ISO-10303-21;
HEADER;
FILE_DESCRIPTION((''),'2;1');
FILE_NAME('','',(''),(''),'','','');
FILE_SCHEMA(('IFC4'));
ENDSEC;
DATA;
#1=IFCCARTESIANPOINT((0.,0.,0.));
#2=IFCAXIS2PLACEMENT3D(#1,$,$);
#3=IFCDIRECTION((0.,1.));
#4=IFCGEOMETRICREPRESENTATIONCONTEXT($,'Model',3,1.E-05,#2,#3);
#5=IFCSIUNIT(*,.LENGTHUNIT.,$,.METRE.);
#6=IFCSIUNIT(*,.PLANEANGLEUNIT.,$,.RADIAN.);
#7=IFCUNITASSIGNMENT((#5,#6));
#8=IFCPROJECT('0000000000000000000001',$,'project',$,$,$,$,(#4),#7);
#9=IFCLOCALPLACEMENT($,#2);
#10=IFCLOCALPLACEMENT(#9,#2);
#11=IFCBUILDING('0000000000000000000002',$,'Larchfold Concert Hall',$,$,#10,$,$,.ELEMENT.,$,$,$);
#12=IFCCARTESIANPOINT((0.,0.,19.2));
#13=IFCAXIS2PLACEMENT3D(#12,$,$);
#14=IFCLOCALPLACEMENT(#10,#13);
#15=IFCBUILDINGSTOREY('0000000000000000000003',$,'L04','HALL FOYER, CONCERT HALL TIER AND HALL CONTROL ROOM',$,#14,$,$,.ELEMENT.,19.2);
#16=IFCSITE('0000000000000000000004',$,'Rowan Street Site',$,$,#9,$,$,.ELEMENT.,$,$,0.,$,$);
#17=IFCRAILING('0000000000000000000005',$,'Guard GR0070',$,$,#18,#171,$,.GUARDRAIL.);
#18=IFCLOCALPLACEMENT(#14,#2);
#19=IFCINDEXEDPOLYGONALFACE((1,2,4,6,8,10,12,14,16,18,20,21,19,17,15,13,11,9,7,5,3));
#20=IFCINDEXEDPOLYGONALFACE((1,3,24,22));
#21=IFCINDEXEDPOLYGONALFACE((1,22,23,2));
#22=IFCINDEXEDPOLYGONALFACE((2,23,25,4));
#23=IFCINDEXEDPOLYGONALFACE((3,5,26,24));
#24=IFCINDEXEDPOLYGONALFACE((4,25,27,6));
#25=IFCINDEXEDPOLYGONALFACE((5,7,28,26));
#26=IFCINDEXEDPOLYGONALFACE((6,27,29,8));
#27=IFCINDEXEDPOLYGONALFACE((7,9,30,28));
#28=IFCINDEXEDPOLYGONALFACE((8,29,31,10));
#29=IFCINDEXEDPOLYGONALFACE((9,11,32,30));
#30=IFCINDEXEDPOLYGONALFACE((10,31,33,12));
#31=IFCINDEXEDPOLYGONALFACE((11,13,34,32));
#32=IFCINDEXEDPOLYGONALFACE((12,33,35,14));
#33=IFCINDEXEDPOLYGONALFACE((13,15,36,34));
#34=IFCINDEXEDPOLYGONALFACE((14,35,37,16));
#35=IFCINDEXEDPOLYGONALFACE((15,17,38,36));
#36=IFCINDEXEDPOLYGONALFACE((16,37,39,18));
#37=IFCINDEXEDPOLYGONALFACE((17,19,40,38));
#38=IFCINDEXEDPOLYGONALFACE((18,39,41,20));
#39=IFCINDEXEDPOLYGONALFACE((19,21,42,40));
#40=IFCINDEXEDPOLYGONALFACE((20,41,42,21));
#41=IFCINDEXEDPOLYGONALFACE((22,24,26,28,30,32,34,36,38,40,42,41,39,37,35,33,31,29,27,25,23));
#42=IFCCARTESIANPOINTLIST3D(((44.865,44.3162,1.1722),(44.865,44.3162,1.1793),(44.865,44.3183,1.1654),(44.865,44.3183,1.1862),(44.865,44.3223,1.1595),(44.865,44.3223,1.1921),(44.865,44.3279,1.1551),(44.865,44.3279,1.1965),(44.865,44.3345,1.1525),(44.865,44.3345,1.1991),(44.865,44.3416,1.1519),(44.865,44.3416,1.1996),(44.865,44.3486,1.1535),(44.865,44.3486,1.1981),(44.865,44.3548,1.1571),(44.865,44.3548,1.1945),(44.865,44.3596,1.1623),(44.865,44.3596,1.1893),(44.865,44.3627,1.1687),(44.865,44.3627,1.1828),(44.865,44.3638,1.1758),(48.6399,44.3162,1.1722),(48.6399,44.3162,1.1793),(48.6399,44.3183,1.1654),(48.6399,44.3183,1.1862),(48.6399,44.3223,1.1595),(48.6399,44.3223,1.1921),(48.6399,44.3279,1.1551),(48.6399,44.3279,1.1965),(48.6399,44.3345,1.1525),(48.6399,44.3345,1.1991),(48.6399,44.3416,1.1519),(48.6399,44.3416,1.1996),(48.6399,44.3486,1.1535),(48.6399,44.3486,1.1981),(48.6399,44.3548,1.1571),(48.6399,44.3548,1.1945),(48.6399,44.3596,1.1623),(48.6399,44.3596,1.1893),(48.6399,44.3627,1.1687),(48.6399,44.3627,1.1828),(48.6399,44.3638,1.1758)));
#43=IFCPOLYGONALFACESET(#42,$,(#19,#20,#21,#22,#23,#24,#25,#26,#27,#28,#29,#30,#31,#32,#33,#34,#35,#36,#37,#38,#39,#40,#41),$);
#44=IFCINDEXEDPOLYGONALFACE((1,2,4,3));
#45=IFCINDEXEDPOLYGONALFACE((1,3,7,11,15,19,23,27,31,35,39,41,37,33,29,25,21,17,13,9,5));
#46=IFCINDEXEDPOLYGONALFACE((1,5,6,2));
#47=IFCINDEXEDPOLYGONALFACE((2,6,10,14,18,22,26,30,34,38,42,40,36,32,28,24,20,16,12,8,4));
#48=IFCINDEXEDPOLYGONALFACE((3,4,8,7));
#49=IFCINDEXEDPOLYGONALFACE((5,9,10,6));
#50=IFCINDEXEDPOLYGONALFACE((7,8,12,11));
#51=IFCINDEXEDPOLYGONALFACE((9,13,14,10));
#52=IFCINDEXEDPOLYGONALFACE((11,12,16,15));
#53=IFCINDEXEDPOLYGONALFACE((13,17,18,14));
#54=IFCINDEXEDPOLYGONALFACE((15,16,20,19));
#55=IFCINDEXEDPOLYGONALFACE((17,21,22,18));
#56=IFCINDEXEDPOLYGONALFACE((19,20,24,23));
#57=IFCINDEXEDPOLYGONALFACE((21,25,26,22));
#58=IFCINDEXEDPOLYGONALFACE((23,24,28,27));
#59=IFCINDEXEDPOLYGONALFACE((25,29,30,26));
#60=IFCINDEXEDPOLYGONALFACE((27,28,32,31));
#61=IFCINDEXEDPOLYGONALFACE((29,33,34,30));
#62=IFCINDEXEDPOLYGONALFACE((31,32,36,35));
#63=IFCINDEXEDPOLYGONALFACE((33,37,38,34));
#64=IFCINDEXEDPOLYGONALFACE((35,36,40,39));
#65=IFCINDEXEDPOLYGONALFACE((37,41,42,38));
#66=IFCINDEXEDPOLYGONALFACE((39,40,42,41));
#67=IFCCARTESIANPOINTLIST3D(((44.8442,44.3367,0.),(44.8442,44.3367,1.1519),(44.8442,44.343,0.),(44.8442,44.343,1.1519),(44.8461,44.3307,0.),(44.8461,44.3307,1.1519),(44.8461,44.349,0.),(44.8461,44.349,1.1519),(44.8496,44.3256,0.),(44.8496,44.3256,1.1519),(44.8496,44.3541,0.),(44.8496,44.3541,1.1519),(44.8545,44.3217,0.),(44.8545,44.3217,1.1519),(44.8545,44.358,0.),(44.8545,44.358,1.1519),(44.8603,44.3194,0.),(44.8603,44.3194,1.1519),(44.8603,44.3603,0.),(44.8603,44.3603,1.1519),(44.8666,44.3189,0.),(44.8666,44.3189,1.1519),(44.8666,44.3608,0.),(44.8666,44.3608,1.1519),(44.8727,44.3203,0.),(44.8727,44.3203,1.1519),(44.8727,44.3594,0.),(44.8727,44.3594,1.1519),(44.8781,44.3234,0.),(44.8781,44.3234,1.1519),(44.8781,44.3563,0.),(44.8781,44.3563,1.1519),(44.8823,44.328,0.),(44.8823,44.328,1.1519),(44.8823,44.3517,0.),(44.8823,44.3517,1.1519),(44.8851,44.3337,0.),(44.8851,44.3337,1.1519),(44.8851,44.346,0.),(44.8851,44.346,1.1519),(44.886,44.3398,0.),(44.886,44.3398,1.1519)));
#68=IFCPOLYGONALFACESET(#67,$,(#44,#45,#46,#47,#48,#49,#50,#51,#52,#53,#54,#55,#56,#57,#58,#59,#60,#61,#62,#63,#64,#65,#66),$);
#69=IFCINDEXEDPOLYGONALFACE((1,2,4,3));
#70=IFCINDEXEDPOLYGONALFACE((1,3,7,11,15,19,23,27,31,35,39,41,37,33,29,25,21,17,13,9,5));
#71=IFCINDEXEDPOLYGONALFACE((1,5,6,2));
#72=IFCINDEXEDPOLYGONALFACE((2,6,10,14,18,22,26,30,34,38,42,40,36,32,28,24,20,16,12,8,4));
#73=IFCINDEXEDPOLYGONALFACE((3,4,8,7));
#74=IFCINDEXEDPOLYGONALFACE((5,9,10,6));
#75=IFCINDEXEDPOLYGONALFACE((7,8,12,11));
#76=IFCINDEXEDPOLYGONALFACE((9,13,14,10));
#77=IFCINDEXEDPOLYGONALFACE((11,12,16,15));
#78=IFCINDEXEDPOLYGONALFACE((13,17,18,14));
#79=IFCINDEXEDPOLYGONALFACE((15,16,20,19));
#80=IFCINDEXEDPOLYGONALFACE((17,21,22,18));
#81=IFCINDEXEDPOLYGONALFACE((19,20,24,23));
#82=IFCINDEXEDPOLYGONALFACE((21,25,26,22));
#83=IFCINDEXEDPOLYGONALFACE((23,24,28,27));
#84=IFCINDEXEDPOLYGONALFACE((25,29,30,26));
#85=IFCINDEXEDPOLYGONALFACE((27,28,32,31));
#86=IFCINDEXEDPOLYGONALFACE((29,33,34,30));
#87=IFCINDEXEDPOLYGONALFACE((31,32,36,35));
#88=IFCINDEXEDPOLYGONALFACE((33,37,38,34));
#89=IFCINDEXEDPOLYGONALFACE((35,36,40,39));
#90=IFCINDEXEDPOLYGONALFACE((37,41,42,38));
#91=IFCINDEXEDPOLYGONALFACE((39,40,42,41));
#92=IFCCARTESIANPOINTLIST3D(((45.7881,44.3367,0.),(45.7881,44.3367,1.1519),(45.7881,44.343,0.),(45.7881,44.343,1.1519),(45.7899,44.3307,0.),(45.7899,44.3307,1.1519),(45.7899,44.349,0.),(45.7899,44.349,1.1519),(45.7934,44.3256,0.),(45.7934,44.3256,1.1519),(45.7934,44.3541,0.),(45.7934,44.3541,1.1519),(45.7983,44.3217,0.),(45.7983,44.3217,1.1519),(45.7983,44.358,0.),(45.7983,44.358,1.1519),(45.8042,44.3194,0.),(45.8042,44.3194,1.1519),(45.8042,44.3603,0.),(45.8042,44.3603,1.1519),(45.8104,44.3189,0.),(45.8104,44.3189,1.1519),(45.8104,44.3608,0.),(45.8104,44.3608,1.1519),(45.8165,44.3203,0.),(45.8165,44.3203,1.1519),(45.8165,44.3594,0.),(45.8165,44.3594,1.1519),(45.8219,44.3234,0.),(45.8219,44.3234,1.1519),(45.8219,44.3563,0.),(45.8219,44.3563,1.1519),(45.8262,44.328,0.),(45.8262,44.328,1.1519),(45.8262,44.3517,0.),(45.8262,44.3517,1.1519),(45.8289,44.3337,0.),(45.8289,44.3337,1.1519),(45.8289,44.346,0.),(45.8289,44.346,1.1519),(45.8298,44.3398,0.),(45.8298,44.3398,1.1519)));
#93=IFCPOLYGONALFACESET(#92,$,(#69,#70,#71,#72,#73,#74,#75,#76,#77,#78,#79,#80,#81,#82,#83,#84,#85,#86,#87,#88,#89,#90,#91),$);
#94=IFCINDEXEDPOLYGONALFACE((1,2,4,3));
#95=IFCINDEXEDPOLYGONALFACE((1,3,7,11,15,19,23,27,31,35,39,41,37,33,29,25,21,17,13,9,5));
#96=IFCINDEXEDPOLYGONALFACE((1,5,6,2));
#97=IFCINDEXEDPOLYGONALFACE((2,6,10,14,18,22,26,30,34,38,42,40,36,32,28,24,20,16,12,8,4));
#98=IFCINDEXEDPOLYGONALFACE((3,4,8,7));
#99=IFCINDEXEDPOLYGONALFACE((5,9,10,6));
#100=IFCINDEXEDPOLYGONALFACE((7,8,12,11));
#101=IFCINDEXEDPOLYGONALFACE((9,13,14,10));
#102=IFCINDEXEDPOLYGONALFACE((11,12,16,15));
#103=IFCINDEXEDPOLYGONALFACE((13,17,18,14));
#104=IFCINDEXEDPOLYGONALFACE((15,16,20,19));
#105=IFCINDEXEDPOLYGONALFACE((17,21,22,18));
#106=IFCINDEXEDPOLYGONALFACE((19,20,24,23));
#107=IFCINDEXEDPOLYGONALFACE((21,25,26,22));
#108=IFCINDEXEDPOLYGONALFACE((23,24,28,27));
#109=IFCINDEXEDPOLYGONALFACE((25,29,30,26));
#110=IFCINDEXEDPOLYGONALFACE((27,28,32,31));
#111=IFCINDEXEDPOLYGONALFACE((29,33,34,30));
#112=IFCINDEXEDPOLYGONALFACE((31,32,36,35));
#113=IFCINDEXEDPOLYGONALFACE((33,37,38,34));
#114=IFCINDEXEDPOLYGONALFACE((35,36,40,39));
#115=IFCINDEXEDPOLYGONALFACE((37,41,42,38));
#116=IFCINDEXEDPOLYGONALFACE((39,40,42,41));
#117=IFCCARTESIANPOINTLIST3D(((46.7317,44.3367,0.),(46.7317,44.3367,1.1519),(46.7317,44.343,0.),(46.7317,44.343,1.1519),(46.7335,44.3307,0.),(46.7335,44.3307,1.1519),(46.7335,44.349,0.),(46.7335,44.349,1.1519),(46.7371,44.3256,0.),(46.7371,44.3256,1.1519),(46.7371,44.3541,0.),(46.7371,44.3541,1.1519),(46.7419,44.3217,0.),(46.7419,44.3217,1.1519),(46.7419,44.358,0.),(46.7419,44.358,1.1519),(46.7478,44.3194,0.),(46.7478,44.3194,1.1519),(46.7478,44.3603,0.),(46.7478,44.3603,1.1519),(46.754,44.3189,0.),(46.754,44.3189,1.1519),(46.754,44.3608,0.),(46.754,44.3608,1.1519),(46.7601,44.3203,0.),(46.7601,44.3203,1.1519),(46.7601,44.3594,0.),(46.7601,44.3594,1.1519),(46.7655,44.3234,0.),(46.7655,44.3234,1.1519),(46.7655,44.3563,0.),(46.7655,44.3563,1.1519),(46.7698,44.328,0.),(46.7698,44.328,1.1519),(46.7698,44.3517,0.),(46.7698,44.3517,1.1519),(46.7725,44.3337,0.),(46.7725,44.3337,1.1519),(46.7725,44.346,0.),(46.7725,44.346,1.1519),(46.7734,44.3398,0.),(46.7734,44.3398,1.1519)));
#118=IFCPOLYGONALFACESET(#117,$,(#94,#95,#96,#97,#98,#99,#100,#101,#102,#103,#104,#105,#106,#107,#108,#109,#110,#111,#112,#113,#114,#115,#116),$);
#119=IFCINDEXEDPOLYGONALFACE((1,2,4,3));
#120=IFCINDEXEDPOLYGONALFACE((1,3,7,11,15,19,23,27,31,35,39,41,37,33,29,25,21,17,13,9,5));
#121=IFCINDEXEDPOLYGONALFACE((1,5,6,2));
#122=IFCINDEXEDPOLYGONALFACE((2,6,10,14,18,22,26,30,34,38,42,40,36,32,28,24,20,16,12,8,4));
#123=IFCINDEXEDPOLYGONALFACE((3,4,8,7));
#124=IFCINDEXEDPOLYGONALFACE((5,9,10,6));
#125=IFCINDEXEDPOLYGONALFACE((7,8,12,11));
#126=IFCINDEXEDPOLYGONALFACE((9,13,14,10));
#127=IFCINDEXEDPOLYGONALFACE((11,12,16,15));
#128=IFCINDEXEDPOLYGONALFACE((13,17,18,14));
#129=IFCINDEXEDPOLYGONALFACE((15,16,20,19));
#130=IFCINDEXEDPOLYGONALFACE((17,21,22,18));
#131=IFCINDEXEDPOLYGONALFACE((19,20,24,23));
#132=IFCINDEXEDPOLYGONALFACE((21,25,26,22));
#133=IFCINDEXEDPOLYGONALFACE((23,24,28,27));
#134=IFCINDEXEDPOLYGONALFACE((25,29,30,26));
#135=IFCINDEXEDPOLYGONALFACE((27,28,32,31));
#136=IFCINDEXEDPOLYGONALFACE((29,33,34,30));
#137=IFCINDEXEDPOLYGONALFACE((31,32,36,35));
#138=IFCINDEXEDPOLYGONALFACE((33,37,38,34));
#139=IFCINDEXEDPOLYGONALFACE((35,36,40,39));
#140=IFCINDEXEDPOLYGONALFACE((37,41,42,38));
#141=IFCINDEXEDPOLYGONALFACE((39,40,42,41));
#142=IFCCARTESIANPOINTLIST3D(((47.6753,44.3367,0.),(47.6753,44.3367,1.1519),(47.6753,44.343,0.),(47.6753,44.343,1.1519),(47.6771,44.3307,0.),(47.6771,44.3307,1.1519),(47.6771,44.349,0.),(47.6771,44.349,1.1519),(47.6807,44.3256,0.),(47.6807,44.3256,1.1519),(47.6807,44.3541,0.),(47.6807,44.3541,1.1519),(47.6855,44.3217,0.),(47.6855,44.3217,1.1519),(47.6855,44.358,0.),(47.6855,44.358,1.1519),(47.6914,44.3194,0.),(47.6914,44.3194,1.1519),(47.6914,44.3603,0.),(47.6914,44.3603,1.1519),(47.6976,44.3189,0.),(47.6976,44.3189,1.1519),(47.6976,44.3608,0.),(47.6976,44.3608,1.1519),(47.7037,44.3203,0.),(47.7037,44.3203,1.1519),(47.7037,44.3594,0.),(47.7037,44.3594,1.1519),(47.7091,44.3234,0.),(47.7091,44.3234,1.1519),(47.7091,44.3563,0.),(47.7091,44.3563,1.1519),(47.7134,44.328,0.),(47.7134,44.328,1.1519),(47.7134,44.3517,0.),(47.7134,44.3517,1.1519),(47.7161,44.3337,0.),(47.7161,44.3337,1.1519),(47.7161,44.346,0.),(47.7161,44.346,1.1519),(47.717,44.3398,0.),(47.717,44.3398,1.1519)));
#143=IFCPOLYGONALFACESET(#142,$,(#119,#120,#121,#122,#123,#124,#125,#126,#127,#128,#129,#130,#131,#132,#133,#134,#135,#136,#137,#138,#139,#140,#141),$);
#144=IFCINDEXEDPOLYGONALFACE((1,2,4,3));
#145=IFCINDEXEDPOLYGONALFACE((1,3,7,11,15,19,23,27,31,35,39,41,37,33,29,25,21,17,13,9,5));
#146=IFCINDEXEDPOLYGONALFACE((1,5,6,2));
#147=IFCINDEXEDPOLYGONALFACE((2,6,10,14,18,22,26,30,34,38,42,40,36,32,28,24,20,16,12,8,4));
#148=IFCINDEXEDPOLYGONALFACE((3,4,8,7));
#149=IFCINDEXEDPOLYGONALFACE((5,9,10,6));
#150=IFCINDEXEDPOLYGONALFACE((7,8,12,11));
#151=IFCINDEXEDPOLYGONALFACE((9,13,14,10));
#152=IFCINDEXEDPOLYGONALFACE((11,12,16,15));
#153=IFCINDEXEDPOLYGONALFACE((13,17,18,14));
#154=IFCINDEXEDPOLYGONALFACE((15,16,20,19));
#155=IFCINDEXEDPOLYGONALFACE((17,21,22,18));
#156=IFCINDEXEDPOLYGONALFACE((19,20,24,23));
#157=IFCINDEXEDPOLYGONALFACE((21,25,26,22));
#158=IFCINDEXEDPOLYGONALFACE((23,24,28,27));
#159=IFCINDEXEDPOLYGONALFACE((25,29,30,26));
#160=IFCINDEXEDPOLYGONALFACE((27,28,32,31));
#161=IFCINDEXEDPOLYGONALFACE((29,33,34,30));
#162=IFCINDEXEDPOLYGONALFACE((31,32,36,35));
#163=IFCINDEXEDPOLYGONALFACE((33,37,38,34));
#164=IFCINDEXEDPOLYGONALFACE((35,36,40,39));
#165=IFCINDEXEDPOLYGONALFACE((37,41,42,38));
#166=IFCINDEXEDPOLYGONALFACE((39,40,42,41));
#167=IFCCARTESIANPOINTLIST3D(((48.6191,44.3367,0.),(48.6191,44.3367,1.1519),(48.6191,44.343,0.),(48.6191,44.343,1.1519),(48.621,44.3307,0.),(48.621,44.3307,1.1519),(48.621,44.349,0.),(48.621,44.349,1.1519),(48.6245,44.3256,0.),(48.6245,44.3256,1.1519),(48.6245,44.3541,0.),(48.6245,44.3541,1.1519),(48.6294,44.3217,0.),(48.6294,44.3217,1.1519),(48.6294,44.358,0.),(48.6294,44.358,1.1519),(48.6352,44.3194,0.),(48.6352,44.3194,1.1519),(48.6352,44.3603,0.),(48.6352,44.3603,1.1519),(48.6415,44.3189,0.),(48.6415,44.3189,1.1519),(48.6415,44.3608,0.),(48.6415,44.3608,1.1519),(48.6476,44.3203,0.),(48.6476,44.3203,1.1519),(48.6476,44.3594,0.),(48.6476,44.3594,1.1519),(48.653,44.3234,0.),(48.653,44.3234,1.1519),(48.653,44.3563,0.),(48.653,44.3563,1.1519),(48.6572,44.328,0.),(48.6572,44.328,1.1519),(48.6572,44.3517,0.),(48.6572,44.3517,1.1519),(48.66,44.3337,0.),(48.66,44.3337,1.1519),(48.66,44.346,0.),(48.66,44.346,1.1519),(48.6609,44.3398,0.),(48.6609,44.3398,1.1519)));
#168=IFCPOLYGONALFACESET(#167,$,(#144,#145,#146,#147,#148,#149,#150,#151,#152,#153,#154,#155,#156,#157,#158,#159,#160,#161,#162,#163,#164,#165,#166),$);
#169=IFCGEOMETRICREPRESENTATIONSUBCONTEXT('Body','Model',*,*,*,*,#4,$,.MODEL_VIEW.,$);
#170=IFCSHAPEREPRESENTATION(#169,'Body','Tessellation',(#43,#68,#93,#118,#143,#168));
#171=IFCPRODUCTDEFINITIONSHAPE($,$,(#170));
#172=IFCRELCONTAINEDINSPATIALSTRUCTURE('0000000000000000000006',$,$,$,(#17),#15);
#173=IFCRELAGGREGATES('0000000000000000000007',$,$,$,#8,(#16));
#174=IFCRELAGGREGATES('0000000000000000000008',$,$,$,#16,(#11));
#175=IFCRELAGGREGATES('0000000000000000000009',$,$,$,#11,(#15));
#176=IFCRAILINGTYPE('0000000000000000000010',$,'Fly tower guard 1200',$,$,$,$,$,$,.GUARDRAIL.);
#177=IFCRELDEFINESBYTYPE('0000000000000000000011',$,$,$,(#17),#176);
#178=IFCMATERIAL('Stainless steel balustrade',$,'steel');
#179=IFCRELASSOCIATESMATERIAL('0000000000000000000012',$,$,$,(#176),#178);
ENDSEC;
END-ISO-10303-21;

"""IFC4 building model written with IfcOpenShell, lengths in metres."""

from ifc_helpers import new_model, si_unit, direction, frame, origin, origin_2d, place, context, subcontext, project, spatial, circle, extrude, material, type_object, element, save


model = new_model("IFC4")

# Units and contexts
model_context = context("Model", 3, precision=1e-05, world=origin(), true_north=direction((0.0, 1.0)))
body_context = subcontext(model_context, "Body", "Model", "MODEL_VIEW")
ifc_project = project(units=[si_unit("LENGTHUNIT", "METRE"), si_unit("PLANEANGLEUNIT", "RADIAN")], contexts=[model_context])

# Site, building, storey
site_placement = place(None, origin())
site = spatial("IfcSite", under=ifc_project, at=site_placement, Name="Rowan Street Site", CompositionType="ELEMENT", RefElevation=0.0)
building_placement = place(site_placement, origin())
building = spatial("IfcBuilding", under=site, at=building_placement, Name="Larchfold Concert Hall", CompositionType="ELEMENT")
storey_placement = place(building_placement, frame((0.0, 0.0, 19.2)))
storey = spatial("IfcBuildingStorey", under=building, at=storey_placement, Name="L04", Description="HALL FOYER, CONCERT HALL TIER AND HALL CONTROL ROOM", CompositionType="ELEMENT", Elevation=19.2)

# Railing
ifc_material_1 = material(Name="Stainless steel balustrade", Category="steel")
railing_type_1 = type_object("IfcRailingType", Name="Fly tower guard 1200", PredefinedType="GUARDRAIL", material=ifc_material_1)
railing_1_placement = place(storey_placement, frame((44.865, 44.3398, 0.0)))
element("IfcRailing", 1, at=railing_1_placement, inside=storey, type_object=railing_type_1, Name="Guard GR0070", PredefinedType="GUARDRAIL", context=body_context, shape_type="SweptSolid", body=[
    extrude(circle(Radius=0.0239, at=origin_2d()), frame((0.0, 0.0, 1.1758), z_axis=(1.0, 0.0, 0.0), x_axis=(0.0, 1.0, 0.0)), (0.0, 0.0, 1.0), 3.7749),
    extrude(circle(Radius=0.021, at=origin_2d()), origin(), (0.0, 0.0, 1.0), 1.1519),
    extrude(circle(Radius=0.021, at=origin_2d()), frame((0.9438, 0.0, 0.0)), (0.0, 0.0, 1.0), 1.1519),
    extrude(circle(Radius=0.021, at=origin_2d()), frame((1.8875, 0.0, 0.0)), (0.0, 0.0, 1.0), 1.1519),
    extrude(circle(Radius=0.021, at=origin_2d()), frame((2.8311, 0.0, 0.0)), (0.0, 0.0, 1.0), 1.1519),
    extrude(circle(Radius=0.021, at=origin_2d()), frame((3.7749, 0.0, 0.0)), (0.0, 0.0, 1.0), 1.1519),
])

save(model, "model.ifc")
